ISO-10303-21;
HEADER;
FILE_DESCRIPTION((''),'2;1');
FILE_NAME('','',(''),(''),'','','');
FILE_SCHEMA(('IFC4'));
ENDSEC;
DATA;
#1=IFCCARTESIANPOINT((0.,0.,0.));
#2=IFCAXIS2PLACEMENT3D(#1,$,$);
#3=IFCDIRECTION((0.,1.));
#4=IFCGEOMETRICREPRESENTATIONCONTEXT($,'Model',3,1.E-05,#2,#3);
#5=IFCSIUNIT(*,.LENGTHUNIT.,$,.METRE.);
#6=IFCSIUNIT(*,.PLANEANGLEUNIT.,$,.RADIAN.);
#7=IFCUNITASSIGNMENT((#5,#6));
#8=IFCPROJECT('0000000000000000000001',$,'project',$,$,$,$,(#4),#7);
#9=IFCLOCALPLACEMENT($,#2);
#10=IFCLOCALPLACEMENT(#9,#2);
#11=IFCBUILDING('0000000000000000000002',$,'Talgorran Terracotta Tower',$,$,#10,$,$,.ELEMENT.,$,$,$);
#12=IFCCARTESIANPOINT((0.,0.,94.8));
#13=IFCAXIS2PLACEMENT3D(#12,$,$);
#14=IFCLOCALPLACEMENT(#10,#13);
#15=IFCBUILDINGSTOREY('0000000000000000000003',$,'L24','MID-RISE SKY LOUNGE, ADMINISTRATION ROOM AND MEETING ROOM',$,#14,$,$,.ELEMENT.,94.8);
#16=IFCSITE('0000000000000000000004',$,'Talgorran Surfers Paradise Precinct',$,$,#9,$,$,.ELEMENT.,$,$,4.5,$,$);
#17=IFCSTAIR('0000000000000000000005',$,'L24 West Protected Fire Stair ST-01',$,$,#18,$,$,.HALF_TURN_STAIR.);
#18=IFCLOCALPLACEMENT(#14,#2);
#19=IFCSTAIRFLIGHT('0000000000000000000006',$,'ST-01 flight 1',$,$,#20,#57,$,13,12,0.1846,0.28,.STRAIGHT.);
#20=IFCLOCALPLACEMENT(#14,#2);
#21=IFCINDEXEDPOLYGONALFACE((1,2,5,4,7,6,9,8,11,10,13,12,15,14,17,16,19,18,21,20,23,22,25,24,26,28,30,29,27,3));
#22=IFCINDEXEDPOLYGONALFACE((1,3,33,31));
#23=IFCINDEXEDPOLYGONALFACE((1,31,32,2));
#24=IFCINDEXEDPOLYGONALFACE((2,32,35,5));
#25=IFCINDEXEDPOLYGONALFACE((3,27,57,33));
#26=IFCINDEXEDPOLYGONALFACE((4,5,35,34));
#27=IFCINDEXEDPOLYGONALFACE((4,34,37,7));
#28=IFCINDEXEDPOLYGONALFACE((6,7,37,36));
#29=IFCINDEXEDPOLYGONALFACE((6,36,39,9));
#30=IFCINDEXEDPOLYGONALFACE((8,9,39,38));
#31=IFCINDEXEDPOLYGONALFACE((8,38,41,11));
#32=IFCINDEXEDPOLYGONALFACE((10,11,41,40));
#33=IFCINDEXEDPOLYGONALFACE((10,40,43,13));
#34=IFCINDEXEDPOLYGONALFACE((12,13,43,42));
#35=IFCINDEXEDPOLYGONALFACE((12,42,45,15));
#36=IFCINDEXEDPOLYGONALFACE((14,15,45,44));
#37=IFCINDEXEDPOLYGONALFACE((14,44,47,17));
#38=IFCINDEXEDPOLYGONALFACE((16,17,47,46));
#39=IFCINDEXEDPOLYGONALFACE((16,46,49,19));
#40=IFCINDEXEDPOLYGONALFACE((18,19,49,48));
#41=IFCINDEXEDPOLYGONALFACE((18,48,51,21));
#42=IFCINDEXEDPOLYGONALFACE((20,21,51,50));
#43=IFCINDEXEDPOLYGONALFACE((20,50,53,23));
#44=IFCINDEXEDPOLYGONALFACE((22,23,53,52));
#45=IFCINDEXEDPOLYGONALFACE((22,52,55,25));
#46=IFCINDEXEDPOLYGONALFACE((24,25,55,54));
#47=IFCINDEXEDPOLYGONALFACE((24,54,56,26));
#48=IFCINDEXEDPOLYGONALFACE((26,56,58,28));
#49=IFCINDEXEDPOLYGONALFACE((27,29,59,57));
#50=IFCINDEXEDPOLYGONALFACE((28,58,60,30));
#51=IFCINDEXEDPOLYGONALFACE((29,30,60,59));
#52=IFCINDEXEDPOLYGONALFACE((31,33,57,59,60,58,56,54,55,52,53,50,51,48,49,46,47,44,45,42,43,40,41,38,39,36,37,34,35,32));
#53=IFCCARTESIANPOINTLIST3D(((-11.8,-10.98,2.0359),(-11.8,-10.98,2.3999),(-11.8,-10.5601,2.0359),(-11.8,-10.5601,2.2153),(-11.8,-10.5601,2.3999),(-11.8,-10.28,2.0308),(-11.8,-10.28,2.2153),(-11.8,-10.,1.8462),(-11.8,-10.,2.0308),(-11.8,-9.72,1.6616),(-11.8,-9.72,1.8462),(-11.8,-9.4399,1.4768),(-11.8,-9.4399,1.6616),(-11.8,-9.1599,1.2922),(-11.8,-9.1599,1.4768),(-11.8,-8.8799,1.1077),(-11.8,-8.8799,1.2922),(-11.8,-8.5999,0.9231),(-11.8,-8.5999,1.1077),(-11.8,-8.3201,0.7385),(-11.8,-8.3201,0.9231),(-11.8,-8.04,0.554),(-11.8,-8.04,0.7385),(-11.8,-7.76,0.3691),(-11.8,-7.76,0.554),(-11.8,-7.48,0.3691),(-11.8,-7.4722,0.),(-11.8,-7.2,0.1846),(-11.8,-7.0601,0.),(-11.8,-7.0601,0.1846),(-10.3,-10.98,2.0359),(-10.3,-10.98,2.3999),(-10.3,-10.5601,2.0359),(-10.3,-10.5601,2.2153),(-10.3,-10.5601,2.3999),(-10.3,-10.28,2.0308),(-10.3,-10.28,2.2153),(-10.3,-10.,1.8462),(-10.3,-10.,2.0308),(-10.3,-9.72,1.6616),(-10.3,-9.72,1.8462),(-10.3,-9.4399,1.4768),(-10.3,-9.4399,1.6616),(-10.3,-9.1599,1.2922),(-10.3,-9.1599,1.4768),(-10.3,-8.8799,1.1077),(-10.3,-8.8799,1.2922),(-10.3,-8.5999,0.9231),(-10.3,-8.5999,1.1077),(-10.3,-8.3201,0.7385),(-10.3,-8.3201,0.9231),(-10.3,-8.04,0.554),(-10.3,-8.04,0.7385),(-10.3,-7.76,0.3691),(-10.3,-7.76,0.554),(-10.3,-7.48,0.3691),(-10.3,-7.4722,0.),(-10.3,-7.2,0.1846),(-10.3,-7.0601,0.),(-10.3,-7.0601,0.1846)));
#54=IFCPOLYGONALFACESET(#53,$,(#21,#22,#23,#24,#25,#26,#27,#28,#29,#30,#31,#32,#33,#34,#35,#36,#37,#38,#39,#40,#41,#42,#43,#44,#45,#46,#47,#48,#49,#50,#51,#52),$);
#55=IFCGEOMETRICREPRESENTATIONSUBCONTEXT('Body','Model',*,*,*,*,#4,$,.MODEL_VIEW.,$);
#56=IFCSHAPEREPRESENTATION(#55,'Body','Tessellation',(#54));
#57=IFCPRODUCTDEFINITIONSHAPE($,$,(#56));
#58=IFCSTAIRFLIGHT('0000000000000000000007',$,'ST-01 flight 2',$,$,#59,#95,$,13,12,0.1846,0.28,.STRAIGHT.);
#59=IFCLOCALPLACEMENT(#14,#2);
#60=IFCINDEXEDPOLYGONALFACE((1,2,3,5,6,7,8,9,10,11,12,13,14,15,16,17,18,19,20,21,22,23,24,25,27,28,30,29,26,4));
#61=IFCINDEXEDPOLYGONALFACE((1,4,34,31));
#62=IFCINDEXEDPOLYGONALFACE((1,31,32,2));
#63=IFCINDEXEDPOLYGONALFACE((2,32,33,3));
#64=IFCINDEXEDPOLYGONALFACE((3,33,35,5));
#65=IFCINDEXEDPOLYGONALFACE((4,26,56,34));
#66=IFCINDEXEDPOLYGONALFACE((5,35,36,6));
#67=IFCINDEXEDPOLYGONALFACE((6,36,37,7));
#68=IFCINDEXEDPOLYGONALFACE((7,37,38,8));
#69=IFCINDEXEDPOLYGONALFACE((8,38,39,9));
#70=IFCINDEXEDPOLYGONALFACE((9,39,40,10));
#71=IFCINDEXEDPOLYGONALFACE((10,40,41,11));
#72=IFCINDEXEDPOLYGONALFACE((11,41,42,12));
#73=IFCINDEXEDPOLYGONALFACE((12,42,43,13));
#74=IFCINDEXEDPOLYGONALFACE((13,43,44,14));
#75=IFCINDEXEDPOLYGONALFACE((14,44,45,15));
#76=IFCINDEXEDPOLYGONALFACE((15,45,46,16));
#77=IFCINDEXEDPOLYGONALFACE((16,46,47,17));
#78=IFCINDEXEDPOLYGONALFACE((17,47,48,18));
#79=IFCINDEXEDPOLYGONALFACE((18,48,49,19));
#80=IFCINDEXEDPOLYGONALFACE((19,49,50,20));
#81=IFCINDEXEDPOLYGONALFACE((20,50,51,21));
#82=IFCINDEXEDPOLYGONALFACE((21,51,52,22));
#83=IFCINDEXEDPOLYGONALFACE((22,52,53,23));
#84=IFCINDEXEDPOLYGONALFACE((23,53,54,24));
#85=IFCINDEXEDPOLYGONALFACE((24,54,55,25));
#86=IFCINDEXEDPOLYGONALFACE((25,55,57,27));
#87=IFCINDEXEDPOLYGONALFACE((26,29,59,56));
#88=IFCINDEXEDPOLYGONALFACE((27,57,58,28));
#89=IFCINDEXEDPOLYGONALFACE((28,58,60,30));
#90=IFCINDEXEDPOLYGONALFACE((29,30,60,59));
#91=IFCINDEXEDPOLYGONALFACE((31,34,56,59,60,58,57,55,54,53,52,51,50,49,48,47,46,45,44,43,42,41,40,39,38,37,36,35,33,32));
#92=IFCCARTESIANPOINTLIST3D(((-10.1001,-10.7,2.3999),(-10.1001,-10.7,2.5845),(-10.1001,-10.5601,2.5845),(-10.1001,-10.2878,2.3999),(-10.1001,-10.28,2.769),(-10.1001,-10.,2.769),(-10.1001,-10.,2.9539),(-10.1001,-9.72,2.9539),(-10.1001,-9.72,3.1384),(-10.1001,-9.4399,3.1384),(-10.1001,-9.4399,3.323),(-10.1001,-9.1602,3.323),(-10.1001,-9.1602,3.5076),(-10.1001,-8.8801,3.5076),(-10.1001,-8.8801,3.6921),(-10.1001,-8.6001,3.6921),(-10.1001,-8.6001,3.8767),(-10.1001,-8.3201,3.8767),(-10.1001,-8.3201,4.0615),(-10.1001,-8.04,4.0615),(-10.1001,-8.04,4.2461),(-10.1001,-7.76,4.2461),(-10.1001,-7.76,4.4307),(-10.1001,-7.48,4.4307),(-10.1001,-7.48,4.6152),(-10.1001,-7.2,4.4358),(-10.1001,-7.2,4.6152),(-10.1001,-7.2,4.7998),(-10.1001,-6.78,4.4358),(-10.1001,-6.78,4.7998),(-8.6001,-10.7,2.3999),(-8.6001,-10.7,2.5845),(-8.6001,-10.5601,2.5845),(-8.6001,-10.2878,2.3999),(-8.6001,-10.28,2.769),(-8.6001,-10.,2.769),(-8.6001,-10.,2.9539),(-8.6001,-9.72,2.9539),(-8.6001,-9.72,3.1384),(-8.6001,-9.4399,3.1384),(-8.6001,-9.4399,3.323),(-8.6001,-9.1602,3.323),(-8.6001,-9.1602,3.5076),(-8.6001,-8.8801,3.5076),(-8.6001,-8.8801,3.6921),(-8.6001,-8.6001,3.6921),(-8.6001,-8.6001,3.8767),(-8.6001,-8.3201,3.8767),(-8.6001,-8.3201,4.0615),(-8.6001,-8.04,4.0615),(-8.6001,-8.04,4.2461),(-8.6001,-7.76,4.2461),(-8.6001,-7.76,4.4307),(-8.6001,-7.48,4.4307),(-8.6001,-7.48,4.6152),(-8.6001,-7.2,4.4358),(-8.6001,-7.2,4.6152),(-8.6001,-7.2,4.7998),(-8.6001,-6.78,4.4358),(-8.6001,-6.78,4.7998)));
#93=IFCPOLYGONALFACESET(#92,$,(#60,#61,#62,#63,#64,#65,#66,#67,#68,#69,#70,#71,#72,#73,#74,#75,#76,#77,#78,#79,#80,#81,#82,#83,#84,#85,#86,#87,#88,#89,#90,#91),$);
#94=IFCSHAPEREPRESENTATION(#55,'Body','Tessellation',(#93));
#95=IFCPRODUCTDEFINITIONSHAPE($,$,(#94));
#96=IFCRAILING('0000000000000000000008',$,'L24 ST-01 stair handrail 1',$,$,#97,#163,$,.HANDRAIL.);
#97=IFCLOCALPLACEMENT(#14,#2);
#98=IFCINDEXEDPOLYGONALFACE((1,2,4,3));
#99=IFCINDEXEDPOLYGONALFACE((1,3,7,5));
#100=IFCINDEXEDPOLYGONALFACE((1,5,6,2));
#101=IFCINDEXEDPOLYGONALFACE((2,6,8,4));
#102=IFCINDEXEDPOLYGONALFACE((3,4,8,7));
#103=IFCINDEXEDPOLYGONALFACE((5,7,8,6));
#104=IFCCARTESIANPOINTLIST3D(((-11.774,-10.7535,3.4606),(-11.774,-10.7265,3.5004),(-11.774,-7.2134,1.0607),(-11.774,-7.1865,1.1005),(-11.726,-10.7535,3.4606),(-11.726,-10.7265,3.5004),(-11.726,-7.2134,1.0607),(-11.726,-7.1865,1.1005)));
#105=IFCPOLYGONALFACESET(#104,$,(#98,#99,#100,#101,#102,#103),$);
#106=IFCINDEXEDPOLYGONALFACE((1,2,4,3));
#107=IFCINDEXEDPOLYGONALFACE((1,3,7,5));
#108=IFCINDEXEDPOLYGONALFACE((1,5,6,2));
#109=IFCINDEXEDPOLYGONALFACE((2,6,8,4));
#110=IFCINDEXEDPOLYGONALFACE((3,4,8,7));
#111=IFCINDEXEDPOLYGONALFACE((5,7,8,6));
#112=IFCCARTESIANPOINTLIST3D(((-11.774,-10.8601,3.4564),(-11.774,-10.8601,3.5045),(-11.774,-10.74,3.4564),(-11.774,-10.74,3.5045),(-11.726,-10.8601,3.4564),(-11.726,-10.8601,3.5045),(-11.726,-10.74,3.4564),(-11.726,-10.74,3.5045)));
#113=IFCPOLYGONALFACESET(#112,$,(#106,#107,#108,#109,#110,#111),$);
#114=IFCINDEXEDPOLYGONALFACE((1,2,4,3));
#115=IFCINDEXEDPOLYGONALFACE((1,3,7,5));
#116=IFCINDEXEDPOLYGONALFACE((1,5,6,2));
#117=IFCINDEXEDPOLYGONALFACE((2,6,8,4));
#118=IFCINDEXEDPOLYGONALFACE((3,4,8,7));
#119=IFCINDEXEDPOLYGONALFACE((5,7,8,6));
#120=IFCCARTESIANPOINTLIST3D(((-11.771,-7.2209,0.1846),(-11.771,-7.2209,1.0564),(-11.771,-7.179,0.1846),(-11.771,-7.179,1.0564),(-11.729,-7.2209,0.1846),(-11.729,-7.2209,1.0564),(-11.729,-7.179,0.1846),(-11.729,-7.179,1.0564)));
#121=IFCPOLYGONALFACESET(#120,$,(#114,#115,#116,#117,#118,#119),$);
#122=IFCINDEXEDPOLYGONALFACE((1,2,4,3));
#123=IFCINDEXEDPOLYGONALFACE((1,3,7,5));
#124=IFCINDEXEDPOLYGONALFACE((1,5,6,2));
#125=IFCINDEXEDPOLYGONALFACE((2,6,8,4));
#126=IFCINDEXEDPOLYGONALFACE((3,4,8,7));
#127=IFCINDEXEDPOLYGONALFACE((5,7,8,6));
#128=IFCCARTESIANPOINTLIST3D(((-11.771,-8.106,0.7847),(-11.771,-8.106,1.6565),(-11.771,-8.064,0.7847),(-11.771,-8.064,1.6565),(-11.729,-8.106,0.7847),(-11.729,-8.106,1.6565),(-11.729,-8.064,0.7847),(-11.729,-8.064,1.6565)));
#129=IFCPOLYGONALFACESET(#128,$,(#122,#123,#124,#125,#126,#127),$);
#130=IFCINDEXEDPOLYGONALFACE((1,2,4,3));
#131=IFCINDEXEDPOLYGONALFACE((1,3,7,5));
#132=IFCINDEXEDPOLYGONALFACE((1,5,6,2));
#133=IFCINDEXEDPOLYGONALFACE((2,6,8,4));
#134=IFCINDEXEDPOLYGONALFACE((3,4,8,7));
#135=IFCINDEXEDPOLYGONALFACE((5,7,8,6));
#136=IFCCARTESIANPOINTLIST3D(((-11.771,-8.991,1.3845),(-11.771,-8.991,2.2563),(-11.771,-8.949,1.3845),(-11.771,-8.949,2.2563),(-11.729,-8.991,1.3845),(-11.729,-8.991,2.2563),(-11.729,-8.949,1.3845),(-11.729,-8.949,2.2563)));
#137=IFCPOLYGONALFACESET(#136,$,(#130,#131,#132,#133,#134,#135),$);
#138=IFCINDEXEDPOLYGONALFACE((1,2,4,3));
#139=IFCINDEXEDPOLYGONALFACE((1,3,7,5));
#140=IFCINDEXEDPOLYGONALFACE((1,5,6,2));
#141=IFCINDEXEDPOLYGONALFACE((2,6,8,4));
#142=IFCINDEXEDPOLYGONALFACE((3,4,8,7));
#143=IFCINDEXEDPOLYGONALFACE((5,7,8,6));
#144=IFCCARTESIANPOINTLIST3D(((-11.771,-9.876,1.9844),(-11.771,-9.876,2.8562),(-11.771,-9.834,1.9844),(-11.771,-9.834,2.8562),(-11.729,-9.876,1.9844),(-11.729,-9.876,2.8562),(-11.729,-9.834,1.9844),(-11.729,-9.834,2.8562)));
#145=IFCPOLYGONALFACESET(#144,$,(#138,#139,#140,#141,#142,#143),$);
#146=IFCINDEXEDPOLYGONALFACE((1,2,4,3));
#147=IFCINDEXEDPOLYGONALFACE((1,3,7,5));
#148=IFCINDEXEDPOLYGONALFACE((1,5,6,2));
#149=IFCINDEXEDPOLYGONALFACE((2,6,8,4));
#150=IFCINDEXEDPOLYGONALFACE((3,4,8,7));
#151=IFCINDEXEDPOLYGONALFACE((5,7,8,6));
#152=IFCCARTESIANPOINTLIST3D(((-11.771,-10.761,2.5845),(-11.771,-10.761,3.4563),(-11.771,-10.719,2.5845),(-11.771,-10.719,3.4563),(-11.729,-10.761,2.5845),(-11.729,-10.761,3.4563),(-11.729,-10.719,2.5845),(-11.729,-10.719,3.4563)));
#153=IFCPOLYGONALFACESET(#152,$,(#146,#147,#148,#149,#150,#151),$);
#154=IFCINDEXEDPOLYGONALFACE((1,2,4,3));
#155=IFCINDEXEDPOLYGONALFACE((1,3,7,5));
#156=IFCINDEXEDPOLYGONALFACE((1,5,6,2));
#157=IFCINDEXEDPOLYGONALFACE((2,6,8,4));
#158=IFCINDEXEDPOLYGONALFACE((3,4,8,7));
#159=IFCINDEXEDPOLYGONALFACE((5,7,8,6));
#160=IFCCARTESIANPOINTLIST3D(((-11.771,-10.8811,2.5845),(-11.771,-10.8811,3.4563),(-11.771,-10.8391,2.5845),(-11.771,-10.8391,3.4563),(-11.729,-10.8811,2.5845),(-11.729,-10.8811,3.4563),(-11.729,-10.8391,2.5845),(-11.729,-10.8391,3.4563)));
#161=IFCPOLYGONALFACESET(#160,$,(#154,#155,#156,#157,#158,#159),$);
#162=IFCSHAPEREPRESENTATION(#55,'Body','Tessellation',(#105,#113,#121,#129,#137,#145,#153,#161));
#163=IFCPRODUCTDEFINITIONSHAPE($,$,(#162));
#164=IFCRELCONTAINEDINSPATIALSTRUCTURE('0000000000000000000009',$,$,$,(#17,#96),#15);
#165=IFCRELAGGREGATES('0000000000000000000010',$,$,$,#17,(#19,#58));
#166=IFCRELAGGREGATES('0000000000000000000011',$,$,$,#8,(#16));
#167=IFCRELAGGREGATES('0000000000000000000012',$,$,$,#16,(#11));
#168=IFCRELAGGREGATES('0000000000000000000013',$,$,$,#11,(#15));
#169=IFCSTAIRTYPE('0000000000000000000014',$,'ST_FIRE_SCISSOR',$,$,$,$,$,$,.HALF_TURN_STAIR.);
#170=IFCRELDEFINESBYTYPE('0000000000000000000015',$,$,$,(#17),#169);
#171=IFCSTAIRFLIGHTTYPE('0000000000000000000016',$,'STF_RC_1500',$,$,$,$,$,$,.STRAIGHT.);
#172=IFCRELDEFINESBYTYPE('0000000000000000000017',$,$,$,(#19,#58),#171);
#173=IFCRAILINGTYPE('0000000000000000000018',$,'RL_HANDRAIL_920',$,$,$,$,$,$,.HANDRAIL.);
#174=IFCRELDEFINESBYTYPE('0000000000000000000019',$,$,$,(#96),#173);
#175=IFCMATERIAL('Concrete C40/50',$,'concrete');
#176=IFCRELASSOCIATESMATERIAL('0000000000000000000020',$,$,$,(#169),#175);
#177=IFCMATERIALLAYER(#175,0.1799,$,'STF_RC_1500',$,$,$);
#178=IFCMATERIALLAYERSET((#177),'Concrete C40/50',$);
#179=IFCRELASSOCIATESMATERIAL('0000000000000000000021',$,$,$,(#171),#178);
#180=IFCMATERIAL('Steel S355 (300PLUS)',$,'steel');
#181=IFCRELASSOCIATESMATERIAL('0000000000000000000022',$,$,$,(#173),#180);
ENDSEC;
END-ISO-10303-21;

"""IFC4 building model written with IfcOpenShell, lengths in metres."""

from ifc_helpers import new_model, si_unit, direction, frame, origin, origin_2d, place, context, subcontext, project, spatial, polyline, rectangle, outline, extrude, material, layer, layer_set, type_object, element, aggregate, save


model = new_model("IFC4")

# Units and contexts
model_context = context("Model", 3, precision=1e-05, world=origin(), true_north=direction((0.0, 1.0)))
body_context = subcontext(model_context, "Body", "Model", "MODEL_VIEW")
ifc_project = project(units=[si_unit("LENGTHUNIT", "METRE"), si_unit("PLANEANGLEUNIT", "RADIAN")], contexts=[model_context])

# Site, building, storey
site_placement = place(None, origin())
site = spatial("IfcSite", under=ifc_project, at=site_placement, Name="Talgorran Surfers Paradise Precinct", CompositionType="ELEMENT", RefElevation=4.5)
building_placement = place(site_placement, origin())
building = spatial("IfcBuilding", under=site, at=building_placement, Name="Talgorran Terracotta Tower", CompositionType="ELEMENT")
storey_placement = place(building_placement, frame((0.0, 0.0, 94.8)))
storey = spatial("IfcBuildingStorey", under=building, at=storey_placement, Name="L24", Description="MID-RISE SKY LOUNGE, ADMINISTRATION ROOM AND MEETING ROOM", CompositionType="ELEMENT", Elevation=94.8)

# Shared definitions
ifc_material_1 = material(Name="Steel S355 (300PLUS)", Category="steel")

# Stair, stair flights
ifc_material_2 = material(Name="Concrete C40/50", Category="concrete")
stair_type = type_object("IfcStairType", Name="ST_FIRE_SCISSOR", PredefinedType="HALF_TURN_STAIR", material=ifc_material_2)
stair_placement = place(storey_placement, origin())
stair = element("IfcStair", 1, at=stair_placement, inside=storey, type_object=stair_type, Name="L24 West Protected Fire Stair ST-01", PredefinedType="HALF_TURN_STAIR")
ifc_layer_1 = layer(ifc_material_2, 0.1799, Name="STF_RC_1500")
ifc_layer_set_1 = layer_set([ifc_layer_1], Name="Concrete C40/50")
stair_flight_type = type_object("IfcStairFlightType", Name="STF_RC_1500", PredefinedType="STRAIGHT", material=ifc_layer_set_1)
stair_flight_1_placement = place(storey_placement, frame((-11.05, -7.2, 0.0), z_axis=(0.0, 0.0, 1.0), x_axis=(0.0, -1.0, 0.0)))
stair_flight_1 = element("IfcStairFlight", 2, at=stair_flight_1_placement, type_object=stair_flight_type, Name="ST-01 flight 1", NumberOfRisers=13, NumberOfTreads=12, PredefinedType="STRAIGHT", RiserHeight=0.1846, TreadLength=0.28, context=body_context, shape_type="SweptSolid", body=[
    extrude(outline(polyline([(-0.1399, 0.0), (-0.1399, 0.1846), (0.0, 0.1846), (0.28, 0.3691), (0.5601, 0.3691), (0.5601, 0.554), (0.8401, 0.554), (0.8401, 0.7385), (1.1201, 0.7385), (1.1201, 0.9231), (1.3999, 0.9231), (1.3999, 1.1077), (1.6799, 1.1077), (1.6799, 1.2922), (1.96, 1.2922), (1.96, 1.4768), (2.24, 1.4768), (2.24, 1.6616), (2.52, 1.6616), (2.52, 1.8462), (2.8, 1.8462), (2.8, 2.0308), (3.0801, 2.0308), (3.0801, 2.2153), (3.3601, 2.2153), (3.3601, 2.3999), (3.78, 2.3999), (3.78, 2.0359), (3.3601, 2.0359), (0.2722, 0.0), (-0.1399, 0.0)])), frame((0.0, 0.75, 0.0), z_axis=(0.0, -1.0, 0.0), x_axis=(1.0, 0.0, 0.0)), (0.0, 0.0, 1.0), 1.5),
])
stair_flight_2_placement = place(storey_placement, frame((-9.3501, -10.5601, 2.3999), z_axis=(0.0, 0.0, 1.0), x_axis=(0.0, 1.0, 0.0)))
stair_flight_2 = element("IfcStairFlight", 3, at=stair_flight_2_placement, type_object=stair_flight_type, Name="ST-01 flight 2", NumberOfRisers=13, NumberOfTreads=12, PredefinedType="STRAIGHT", RiserHeight=0.1846, TreadLength=0.28, context=body_context, shape_type="SweptSolid", body=[
    extrude(outline(polyline([(-0.1399, 0.0), (-0.1399, 0.1846), (0.0, 0.1846), (0.28, 0.3691), (0.5601, 0.3691), (0.5601, 0.554), (0.8401, 0.554), (0.8401, 0.7385), (1.1201, 0.7385), (1.1201, 0.9231), (1.3999, 0.9231), (1.3999, 1.1077), (1.6799, 1.1077), (1.6799, 1.2922), (1.96, 1.2922), (1.96, 1.4768), (2.24, 1.4768), (2.24, 1.6616), (2.52, 1.6616), (2.52, 1.8462), (2.8, 1.8462), (2.8, 2.0308), (3.0801, 2.0308), (3.0801, 2.2153), (3.3601, 2.2153), (3.3601, 2.3999), (3.78, 2.3999), (3.78, 2.0359), (3.3601, 2.0359), (0.2722, 0.0), (-0.1399, 0.0)])), frame((0.0, 0.75, 0.0), z_axis=(0.0, -1.0, 0.0), x_axis=(1.0, 0.0, 0.0)), (0.0, 0.0, 1.0), 1.5),
])
aggregate(stair, [stair_flight_1, stair_flight_2])

# Railing
railing_type_1 = type_object("IfcRailingType", Name="RL_HANDRAIL_920", PredefinedType="HANDRAIL", material=ifc_material_1)
railing_1_placement = place(storey_placement, frame((-11.75, -7.2, 0.1846)))
element("IfcRailing", 4, at=railing_1_placement, inside=storey, type_object=railing_type_1, Name="L24 ST-01 stair handrail 1", PredefinedType="HANDRAIL", context=body_context, shape_type="SweptSolid", body=[
    extrude(rectangle(XDim=0.0481, YDim=0.0481, at=origin_2d()), frame((0.0, 0.0, 0.896), z_axis=(0.0, -0.827722, 0.561138), x_axis=(1.0, 0.0, 0.0)), (0.0, 0.0, 1.0), 4.2769),
    extrude(rectangle(XDim=0.0481, YDim=0.0481, at=origin_2d()), frame((0.0, -3.54, 3.2959), z_axis=(0.0, -1.0, 0.0), x_axis=(1.0, 0.0, 0.0)), (0.0, 0.0, 1.0), 0.1201),
    extrude(rectangle(XDim=0.042, YDim=0.042, at=origin_2d()), origin(), (0.0, 0.0, 1.0), 0.8718),
    extrude(rectangle(XDim=0.042, YDim=0.042, at=origin_2d()), frame((0.0, -0.885, 0.6001)), (0.0, 0.0, 1.0), 0.8718),
    extrude(rectangle(XDim=0.042, YDim=0.042, at=origin_2d()), frame((0.0, -1.77, 1.2)), (0.0, 0.0, 1.0), 0.8718),
    extrude(rectangle(XDim=0.042, YDim=0.042, at=origin_2d()), frame((0.0, -2.655, 1.7998)), (0.0, 0.0, 1.0), 0.8718),
    extrude(rectangle(XDim=0.042, YDim=0.042, at=origin_2d()), frame((0.0, -3.54, 2.3999)), (0.0, 0.0, 1.0), 0.8718),
    extrude(rectangle(XDim=0.042, YDim=0.042, at=origin_2d()), frame((0.0, -3.6602, 2.3999)), (0.0, 0.0, 1.0), 0.8718),
])

save(model, "model.ifc")
